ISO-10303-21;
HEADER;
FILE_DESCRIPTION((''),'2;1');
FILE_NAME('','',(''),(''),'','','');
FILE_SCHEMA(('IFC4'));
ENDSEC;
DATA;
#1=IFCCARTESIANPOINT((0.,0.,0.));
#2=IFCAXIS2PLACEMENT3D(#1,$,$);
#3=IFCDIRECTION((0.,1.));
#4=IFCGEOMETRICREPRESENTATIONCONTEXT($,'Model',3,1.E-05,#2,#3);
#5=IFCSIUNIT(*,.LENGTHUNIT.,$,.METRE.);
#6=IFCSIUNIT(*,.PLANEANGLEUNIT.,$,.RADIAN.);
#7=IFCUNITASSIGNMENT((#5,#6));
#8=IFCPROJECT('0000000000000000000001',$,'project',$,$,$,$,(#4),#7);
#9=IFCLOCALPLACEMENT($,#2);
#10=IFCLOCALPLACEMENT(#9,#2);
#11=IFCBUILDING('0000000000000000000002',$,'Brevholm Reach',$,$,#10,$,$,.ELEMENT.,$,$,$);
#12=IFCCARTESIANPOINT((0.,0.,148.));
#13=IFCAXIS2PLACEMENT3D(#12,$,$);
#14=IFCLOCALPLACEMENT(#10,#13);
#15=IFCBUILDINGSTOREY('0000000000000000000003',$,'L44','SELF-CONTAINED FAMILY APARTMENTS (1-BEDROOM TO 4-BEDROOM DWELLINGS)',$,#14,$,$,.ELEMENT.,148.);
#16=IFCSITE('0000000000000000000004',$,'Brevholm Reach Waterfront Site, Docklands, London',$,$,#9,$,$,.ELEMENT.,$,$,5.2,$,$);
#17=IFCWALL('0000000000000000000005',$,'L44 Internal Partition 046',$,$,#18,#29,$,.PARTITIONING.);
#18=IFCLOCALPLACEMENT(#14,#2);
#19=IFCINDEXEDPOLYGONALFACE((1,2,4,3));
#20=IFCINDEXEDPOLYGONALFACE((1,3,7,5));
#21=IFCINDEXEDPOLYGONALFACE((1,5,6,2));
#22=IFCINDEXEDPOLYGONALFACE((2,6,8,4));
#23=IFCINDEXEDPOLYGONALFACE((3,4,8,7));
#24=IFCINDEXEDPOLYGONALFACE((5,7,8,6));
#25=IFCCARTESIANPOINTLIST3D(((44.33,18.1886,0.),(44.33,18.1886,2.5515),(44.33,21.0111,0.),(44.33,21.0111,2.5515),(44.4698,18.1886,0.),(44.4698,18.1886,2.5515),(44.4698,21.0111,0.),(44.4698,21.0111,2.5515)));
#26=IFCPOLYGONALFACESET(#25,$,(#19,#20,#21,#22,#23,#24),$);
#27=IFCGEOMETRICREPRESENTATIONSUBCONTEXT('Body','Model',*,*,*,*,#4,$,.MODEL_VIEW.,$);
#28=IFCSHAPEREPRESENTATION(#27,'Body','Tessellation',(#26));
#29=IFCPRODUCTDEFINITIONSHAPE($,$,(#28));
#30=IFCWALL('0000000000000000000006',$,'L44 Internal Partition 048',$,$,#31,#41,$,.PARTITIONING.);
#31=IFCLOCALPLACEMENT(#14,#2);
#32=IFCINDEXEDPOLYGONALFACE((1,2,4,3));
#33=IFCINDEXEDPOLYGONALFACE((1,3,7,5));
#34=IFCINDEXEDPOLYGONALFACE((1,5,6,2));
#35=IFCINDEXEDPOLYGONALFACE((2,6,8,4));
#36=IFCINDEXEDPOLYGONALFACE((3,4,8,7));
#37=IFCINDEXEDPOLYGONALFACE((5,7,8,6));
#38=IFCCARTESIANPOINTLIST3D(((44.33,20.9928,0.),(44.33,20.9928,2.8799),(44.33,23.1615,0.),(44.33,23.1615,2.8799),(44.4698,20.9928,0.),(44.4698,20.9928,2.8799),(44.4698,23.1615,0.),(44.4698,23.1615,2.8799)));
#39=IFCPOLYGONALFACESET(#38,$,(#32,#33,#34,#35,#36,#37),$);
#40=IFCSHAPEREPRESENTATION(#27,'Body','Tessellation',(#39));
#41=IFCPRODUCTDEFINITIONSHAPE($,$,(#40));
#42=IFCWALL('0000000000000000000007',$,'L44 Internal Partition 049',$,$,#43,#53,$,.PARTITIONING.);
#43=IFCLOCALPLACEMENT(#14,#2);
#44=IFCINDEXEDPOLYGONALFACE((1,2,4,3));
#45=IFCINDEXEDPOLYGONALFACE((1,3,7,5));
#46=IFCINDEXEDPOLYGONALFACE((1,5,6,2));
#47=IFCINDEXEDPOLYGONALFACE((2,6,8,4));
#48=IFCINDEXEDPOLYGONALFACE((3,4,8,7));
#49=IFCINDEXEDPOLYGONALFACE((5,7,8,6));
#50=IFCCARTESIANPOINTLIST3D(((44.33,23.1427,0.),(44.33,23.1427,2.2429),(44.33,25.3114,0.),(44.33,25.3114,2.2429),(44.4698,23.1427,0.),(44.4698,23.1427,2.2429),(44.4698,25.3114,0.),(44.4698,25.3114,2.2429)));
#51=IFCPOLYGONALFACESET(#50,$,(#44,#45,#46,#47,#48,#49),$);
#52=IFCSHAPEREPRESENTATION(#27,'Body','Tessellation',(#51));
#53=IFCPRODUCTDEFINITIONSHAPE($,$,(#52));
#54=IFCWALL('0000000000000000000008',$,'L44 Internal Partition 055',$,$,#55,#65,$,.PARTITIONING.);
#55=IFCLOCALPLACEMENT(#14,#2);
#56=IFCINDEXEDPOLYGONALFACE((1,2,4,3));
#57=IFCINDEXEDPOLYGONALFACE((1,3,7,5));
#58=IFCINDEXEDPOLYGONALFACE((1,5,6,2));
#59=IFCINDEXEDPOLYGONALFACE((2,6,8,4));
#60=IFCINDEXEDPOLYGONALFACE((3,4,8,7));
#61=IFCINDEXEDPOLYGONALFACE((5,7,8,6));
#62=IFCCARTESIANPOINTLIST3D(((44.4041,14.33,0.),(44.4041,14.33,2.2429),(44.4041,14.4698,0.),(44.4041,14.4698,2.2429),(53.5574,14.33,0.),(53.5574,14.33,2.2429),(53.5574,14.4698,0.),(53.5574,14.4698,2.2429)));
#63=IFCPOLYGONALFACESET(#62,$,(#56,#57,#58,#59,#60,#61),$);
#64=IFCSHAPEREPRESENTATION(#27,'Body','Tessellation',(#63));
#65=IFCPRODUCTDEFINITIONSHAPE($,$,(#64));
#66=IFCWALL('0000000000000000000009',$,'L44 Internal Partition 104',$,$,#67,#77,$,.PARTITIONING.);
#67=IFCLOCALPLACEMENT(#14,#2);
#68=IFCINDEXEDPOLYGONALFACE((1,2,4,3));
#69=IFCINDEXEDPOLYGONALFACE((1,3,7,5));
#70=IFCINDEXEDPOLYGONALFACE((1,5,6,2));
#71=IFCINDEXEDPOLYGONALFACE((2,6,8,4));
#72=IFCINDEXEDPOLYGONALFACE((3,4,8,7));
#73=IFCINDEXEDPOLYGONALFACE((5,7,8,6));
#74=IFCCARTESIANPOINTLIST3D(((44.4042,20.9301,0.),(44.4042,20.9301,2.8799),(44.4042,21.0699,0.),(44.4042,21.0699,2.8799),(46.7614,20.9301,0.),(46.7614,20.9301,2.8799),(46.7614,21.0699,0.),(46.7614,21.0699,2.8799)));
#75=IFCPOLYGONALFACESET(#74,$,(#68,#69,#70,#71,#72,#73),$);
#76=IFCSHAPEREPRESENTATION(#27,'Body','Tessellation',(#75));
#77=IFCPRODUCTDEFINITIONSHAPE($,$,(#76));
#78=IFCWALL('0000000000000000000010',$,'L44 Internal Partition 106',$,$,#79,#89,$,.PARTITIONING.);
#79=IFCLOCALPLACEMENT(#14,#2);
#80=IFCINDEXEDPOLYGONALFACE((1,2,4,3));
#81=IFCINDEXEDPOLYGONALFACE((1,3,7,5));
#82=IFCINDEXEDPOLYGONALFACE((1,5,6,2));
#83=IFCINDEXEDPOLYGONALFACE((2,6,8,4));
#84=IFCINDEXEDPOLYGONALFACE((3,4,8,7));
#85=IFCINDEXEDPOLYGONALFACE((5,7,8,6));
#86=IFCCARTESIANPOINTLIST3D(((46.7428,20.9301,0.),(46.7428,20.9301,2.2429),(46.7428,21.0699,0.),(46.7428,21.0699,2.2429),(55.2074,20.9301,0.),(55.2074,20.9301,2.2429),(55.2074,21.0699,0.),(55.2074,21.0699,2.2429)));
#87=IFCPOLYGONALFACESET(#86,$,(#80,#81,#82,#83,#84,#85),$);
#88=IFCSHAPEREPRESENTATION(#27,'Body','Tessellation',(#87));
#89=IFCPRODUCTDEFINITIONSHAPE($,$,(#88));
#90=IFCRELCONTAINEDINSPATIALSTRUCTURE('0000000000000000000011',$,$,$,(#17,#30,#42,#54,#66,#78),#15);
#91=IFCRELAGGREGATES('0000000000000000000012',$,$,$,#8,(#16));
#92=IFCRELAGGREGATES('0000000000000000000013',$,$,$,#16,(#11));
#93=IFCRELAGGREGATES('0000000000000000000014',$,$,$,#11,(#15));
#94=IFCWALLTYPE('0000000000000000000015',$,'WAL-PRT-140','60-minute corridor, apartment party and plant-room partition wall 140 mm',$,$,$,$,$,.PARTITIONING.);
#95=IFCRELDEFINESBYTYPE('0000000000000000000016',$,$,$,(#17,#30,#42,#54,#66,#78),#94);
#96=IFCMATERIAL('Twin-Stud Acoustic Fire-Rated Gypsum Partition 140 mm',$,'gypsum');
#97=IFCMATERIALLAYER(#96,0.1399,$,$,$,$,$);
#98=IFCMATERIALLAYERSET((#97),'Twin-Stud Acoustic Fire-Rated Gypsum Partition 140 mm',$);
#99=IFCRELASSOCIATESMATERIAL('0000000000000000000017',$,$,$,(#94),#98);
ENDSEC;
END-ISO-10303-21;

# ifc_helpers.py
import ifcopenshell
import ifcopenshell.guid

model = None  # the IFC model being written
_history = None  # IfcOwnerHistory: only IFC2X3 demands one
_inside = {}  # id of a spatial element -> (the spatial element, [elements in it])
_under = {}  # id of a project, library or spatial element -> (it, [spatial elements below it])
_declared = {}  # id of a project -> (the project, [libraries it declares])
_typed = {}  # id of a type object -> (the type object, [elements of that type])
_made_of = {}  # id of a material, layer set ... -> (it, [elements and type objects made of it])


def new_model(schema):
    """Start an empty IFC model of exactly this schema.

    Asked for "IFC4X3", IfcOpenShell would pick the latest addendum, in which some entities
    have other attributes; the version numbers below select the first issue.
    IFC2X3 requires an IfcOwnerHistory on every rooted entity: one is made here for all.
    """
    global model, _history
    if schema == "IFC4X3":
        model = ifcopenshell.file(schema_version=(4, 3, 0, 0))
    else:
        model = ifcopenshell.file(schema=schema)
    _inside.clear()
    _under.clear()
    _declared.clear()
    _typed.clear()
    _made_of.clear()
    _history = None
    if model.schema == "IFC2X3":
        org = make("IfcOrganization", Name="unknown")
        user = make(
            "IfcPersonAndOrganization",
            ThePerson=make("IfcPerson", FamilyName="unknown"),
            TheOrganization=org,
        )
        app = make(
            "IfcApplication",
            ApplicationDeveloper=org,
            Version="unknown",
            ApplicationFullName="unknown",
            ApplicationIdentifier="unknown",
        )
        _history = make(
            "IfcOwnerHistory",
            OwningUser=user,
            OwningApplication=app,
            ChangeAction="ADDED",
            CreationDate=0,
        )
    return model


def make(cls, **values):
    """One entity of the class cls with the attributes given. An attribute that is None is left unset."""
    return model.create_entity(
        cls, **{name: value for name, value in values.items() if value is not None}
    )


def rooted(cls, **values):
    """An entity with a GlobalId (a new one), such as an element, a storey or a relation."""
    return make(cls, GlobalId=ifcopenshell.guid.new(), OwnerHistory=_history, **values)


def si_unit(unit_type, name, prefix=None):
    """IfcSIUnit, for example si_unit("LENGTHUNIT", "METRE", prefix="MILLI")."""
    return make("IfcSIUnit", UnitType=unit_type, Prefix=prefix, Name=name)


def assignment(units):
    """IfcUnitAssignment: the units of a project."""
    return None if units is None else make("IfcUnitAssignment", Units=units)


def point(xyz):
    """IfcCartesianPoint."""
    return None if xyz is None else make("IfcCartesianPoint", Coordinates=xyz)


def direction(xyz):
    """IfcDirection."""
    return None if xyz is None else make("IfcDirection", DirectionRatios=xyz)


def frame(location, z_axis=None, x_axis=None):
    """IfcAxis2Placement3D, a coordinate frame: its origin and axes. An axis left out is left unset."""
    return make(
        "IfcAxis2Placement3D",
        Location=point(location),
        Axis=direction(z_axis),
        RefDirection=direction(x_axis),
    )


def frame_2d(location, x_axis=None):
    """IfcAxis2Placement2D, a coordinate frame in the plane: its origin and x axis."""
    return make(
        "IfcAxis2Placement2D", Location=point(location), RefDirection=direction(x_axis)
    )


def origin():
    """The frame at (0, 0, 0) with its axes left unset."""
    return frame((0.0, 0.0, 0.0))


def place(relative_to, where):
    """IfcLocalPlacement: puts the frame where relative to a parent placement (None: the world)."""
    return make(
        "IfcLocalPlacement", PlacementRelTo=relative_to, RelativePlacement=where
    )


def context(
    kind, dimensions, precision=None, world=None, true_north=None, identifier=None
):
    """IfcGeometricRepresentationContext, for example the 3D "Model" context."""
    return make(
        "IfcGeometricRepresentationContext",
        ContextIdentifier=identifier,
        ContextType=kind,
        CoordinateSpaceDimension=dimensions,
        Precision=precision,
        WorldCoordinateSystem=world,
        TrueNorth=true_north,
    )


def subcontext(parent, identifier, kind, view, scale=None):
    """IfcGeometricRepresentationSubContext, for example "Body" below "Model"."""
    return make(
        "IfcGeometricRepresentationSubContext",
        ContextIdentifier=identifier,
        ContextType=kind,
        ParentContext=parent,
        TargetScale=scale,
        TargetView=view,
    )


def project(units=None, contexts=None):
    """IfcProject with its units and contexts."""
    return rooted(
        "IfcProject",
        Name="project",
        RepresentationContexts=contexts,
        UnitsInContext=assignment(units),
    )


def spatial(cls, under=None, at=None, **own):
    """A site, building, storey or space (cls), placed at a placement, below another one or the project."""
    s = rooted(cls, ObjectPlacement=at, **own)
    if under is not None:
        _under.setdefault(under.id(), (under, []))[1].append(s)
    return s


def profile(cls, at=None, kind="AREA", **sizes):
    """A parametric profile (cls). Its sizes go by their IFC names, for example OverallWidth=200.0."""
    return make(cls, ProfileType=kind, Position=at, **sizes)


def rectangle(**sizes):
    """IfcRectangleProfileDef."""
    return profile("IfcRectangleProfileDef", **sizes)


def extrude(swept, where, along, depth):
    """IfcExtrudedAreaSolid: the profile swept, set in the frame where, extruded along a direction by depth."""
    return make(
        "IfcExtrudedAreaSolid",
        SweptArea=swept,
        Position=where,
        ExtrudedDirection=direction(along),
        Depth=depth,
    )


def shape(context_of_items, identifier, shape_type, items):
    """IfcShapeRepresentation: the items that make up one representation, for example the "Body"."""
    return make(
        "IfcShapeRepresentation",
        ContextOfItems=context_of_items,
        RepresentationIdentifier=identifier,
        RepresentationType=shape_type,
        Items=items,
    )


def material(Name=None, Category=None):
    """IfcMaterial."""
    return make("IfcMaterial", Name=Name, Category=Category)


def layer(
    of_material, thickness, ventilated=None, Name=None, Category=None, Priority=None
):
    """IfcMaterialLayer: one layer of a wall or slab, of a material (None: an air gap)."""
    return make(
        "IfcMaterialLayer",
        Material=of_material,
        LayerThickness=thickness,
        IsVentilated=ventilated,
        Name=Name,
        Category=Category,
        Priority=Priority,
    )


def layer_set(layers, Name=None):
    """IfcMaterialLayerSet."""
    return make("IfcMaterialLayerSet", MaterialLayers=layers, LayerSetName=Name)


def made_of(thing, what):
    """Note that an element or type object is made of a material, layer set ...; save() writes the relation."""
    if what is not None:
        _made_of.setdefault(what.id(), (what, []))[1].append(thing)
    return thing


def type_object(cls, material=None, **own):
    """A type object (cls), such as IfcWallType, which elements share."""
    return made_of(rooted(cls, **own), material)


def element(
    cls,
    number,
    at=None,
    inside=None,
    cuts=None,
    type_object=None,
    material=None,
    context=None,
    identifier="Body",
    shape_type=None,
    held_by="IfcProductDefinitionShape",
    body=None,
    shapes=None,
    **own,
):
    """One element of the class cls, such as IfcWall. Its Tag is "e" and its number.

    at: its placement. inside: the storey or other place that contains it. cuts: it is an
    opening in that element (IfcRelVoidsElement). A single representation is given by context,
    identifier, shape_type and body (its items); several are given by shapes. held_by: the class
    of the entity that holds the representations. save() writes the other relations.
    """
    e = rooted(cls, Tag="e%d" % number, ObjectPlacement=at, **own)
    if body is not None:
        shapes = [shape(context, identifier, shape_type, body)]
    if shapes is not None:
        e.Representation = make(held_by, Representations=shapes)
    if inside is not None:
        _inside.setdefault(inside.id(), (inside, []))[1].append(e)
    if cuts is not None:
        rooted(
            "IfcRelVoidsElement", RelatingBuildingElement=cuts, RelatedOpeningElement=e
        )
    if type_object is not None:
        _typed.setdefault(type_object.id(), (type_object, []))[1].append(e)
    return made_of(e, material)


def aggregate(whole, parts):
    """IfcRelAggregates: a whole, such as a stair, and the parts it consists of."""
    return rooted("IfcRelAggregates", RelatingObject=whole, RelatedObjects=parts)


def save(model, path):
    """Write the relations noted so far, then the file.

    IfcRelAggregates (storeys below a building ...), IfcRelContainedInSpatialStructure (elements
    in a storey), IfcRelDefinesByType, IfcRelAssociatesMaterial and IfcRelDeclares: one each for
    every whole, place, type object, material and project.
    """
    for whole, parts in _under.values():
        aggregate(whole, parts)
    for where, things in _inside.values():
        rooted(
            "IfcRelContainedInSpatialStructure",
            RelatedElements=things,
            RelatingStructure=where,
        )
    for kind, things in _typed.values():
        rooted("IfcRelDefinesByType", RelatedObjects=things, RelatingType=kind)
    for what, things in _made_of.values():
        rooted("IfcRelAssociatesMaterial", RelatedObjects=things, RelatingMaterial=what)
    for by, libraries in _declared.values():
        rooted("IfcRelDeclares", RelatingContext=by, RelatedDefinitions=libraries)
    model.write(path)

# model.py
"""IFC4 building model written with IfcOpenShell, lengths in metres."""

from ifc_helpers import new_model, si_unit, direction, frame, frame_2d, origin, place, context, subcontext, project, spatial, rectangle, extrude, material, layer, layer_set, type_object, element, save


model = new_model("IFC4")

# Units and contexts
model_context = context("Model", 3, precision=1e-05, world=origin(), true_north=direction((0.0, 1.0)))
body_context = subcontext(model_context, "Body", "Model", "MODEL_VIEW")
ifc_project = project(units=[si_unit("LENGTHUNIT", "METRE"), si_unit("PLANEANGLEUNIT", "RADIAN")], contexts=[model_context])

# Site, building, storey
site_placement = place(None, origin())
site = spatial("IfcSite", under=ifc_project, at=site_placement, Name="Brevholm Reach Waterfront Site, Docklands, London", CompositionType="ELEMENT", RefElevation=5.2)
building_placement = place(site_placement, origin())
building = spatial("IfcBuilding", under=site, at=building_placement, Name="Brevholm Reach", CompositionType="ELEMENT")
storey_placement = place(building_placement, frame((0.0, 0.0, 148.0)))
storey = spatial("IfcBuildingStorey", under=building, at=storey_placement, Name="L44", Description="SELF-CONTAINED FAMILY APARTMENTS (1-BEDROOM TO 4-BEDROOM DWELLINGS)", CompositionType="ELEMENT", Elevation=148.0)

# Walls
ifc_material_1 = material(Name="Twin-Stud Acoustic Fire-Rated Gypsum Partition 140 mm", Category="gypsum")
ifc_layer_1 = layer(ifc_material_1, 0.1399)
ifc_layer_set_1 = layer_set([ifc_layer_1], Name="Twin-Stud Acoustic Fire-Rated Gypsum Partition 140 mm")
wall_type_1 = type_object("IfcWallType", Name="WAL-PRT-140", Description="60-minute corridor, apartment party and plant-room partition wall 140 mm", PredefinedType="PARTITIONING", material=ifc_layer_set_1)
wall_1_placement = place(storey_placement, frame((44.3999, 18.1887, 0.0), z_axis=(0.0, 0.0, 1.0), x_axis=(0.0, 1.0, 0.0)))
element("IfcWall", 1, at=wall_1_placement, inside=storey, type_object=wall_type_1, Name="L44 Internal Partition 046", PredefinedType="PARTITIONING", context=body_context, shape_type="SweptSolid", body=[
    extrude(rectangle(XDim=2.8225, YDim=0.1399, at=frame_2d((1.4111, 0.0))), origin(), (0.0, 0.0, 1.0), 2.5515),
])
wall_2_placement = place(storey_placement, frame((44.3999, 20.9927, 0.0), z_axis=(0.0, 0.0, 1.0), x_axis=(0.0, 1.0, 0.0)))
element("IfcWall", 2, at=wall_2_placement, inside=storey, type_object=wall_type_1, Name="L44 Internal Partition 048", PredefinedType="PARTITIONING", context=body_context, shape_type="SweptSolid", body=[
    extrude(rectangle(XDim=2.1687, YDim=0.1399, at=frame_2d((1.0845, 0.0))), origin(), (0.0, 0.0, 1.0), 2.8799),
])
wall_3_placement = place(storey_placement, frame((44.3999, 23.1426, 0.0), z_axis=(0.0, 0.0, 1.0), x_axis=(0.0, 1.0, 0.0)))
element("IfcWall", 3, at=wall_3_placement, inside=storey, type_object=wall_type_1, Name="L44 Internal Partition 049", PredefinedType="PARTITIONING", context=body_context, shape_type="SweptSolid", body=[
    extrude(rectangle(XDim=2.1687, YDim=0.1399, at=frame_2d((1.0845, 0.0))), origin(), (0.0, 0.0, 1.0), 2.2429),
])
wall_4_placement = place(storey_placement, frame((44.4041, 14.3999, 0.0), z_axis=(0.0, 0.0, 1.0), x_axis=(1.0, 0.0, 0.0)))
element("IfcWall", 4, at=wall_4_placement, inside=storey, type_object=wall_type_1, Name="L44 Internal Partition 055", PredefinedType="PARTITIONING", context=body_context, shape_type="SweptSolid", body=[
    extrude(rectangle(XDim=9.1533, YDim=0.1399, at=frame_2d((4.5767, 0.0))), origin(), (0.0, 0.0, 1.0), 2.2429),
])
wall_5_placement = place(storey_placement, frame((44.4041, 21.0, 0.0), z_axis=(0.0, 0.0, 1.0), x_axis=(1.0, 0.0, 0.0)))
element("IfcWall", 5, at=wall_5_placement, inside=storey, type_object=wall_type_1, Name="L44 Internal Partition 104", PredefinedType="PARTITIONING", context=body_context, shape_type="SweptSolid", body=[
    extrude(rectangle(XDim=2.3572, YDim=0.1399, at=frame_2d((1.1787, 0.0))), origin(), (0.0, 0.0, 1.0), 2.8799),
])
wall_6_placement = place(storey_placement, frame((46.7427, 21.0, 0.0), z_axis=(0.0, 0.0, 1.0), x_axis=(1.0, 0.0, 0.0)))
element("IfcWall", 6, at=wall_6_placement, inside=storey, type_object=wall_type_1, Name="L44 Internal Partition 106", PredefinedType="PARTITIONING", context=body_context, shape_type="SweptSolid", body=[
    extrude(rectangle(XDim=8.4646, YDim=0.1399, at=frame_2d((4.2324, 0.0))), origin(), (0.0, 0.0, 1.0), 2.2429),
])

save(model, "model.ifc")
